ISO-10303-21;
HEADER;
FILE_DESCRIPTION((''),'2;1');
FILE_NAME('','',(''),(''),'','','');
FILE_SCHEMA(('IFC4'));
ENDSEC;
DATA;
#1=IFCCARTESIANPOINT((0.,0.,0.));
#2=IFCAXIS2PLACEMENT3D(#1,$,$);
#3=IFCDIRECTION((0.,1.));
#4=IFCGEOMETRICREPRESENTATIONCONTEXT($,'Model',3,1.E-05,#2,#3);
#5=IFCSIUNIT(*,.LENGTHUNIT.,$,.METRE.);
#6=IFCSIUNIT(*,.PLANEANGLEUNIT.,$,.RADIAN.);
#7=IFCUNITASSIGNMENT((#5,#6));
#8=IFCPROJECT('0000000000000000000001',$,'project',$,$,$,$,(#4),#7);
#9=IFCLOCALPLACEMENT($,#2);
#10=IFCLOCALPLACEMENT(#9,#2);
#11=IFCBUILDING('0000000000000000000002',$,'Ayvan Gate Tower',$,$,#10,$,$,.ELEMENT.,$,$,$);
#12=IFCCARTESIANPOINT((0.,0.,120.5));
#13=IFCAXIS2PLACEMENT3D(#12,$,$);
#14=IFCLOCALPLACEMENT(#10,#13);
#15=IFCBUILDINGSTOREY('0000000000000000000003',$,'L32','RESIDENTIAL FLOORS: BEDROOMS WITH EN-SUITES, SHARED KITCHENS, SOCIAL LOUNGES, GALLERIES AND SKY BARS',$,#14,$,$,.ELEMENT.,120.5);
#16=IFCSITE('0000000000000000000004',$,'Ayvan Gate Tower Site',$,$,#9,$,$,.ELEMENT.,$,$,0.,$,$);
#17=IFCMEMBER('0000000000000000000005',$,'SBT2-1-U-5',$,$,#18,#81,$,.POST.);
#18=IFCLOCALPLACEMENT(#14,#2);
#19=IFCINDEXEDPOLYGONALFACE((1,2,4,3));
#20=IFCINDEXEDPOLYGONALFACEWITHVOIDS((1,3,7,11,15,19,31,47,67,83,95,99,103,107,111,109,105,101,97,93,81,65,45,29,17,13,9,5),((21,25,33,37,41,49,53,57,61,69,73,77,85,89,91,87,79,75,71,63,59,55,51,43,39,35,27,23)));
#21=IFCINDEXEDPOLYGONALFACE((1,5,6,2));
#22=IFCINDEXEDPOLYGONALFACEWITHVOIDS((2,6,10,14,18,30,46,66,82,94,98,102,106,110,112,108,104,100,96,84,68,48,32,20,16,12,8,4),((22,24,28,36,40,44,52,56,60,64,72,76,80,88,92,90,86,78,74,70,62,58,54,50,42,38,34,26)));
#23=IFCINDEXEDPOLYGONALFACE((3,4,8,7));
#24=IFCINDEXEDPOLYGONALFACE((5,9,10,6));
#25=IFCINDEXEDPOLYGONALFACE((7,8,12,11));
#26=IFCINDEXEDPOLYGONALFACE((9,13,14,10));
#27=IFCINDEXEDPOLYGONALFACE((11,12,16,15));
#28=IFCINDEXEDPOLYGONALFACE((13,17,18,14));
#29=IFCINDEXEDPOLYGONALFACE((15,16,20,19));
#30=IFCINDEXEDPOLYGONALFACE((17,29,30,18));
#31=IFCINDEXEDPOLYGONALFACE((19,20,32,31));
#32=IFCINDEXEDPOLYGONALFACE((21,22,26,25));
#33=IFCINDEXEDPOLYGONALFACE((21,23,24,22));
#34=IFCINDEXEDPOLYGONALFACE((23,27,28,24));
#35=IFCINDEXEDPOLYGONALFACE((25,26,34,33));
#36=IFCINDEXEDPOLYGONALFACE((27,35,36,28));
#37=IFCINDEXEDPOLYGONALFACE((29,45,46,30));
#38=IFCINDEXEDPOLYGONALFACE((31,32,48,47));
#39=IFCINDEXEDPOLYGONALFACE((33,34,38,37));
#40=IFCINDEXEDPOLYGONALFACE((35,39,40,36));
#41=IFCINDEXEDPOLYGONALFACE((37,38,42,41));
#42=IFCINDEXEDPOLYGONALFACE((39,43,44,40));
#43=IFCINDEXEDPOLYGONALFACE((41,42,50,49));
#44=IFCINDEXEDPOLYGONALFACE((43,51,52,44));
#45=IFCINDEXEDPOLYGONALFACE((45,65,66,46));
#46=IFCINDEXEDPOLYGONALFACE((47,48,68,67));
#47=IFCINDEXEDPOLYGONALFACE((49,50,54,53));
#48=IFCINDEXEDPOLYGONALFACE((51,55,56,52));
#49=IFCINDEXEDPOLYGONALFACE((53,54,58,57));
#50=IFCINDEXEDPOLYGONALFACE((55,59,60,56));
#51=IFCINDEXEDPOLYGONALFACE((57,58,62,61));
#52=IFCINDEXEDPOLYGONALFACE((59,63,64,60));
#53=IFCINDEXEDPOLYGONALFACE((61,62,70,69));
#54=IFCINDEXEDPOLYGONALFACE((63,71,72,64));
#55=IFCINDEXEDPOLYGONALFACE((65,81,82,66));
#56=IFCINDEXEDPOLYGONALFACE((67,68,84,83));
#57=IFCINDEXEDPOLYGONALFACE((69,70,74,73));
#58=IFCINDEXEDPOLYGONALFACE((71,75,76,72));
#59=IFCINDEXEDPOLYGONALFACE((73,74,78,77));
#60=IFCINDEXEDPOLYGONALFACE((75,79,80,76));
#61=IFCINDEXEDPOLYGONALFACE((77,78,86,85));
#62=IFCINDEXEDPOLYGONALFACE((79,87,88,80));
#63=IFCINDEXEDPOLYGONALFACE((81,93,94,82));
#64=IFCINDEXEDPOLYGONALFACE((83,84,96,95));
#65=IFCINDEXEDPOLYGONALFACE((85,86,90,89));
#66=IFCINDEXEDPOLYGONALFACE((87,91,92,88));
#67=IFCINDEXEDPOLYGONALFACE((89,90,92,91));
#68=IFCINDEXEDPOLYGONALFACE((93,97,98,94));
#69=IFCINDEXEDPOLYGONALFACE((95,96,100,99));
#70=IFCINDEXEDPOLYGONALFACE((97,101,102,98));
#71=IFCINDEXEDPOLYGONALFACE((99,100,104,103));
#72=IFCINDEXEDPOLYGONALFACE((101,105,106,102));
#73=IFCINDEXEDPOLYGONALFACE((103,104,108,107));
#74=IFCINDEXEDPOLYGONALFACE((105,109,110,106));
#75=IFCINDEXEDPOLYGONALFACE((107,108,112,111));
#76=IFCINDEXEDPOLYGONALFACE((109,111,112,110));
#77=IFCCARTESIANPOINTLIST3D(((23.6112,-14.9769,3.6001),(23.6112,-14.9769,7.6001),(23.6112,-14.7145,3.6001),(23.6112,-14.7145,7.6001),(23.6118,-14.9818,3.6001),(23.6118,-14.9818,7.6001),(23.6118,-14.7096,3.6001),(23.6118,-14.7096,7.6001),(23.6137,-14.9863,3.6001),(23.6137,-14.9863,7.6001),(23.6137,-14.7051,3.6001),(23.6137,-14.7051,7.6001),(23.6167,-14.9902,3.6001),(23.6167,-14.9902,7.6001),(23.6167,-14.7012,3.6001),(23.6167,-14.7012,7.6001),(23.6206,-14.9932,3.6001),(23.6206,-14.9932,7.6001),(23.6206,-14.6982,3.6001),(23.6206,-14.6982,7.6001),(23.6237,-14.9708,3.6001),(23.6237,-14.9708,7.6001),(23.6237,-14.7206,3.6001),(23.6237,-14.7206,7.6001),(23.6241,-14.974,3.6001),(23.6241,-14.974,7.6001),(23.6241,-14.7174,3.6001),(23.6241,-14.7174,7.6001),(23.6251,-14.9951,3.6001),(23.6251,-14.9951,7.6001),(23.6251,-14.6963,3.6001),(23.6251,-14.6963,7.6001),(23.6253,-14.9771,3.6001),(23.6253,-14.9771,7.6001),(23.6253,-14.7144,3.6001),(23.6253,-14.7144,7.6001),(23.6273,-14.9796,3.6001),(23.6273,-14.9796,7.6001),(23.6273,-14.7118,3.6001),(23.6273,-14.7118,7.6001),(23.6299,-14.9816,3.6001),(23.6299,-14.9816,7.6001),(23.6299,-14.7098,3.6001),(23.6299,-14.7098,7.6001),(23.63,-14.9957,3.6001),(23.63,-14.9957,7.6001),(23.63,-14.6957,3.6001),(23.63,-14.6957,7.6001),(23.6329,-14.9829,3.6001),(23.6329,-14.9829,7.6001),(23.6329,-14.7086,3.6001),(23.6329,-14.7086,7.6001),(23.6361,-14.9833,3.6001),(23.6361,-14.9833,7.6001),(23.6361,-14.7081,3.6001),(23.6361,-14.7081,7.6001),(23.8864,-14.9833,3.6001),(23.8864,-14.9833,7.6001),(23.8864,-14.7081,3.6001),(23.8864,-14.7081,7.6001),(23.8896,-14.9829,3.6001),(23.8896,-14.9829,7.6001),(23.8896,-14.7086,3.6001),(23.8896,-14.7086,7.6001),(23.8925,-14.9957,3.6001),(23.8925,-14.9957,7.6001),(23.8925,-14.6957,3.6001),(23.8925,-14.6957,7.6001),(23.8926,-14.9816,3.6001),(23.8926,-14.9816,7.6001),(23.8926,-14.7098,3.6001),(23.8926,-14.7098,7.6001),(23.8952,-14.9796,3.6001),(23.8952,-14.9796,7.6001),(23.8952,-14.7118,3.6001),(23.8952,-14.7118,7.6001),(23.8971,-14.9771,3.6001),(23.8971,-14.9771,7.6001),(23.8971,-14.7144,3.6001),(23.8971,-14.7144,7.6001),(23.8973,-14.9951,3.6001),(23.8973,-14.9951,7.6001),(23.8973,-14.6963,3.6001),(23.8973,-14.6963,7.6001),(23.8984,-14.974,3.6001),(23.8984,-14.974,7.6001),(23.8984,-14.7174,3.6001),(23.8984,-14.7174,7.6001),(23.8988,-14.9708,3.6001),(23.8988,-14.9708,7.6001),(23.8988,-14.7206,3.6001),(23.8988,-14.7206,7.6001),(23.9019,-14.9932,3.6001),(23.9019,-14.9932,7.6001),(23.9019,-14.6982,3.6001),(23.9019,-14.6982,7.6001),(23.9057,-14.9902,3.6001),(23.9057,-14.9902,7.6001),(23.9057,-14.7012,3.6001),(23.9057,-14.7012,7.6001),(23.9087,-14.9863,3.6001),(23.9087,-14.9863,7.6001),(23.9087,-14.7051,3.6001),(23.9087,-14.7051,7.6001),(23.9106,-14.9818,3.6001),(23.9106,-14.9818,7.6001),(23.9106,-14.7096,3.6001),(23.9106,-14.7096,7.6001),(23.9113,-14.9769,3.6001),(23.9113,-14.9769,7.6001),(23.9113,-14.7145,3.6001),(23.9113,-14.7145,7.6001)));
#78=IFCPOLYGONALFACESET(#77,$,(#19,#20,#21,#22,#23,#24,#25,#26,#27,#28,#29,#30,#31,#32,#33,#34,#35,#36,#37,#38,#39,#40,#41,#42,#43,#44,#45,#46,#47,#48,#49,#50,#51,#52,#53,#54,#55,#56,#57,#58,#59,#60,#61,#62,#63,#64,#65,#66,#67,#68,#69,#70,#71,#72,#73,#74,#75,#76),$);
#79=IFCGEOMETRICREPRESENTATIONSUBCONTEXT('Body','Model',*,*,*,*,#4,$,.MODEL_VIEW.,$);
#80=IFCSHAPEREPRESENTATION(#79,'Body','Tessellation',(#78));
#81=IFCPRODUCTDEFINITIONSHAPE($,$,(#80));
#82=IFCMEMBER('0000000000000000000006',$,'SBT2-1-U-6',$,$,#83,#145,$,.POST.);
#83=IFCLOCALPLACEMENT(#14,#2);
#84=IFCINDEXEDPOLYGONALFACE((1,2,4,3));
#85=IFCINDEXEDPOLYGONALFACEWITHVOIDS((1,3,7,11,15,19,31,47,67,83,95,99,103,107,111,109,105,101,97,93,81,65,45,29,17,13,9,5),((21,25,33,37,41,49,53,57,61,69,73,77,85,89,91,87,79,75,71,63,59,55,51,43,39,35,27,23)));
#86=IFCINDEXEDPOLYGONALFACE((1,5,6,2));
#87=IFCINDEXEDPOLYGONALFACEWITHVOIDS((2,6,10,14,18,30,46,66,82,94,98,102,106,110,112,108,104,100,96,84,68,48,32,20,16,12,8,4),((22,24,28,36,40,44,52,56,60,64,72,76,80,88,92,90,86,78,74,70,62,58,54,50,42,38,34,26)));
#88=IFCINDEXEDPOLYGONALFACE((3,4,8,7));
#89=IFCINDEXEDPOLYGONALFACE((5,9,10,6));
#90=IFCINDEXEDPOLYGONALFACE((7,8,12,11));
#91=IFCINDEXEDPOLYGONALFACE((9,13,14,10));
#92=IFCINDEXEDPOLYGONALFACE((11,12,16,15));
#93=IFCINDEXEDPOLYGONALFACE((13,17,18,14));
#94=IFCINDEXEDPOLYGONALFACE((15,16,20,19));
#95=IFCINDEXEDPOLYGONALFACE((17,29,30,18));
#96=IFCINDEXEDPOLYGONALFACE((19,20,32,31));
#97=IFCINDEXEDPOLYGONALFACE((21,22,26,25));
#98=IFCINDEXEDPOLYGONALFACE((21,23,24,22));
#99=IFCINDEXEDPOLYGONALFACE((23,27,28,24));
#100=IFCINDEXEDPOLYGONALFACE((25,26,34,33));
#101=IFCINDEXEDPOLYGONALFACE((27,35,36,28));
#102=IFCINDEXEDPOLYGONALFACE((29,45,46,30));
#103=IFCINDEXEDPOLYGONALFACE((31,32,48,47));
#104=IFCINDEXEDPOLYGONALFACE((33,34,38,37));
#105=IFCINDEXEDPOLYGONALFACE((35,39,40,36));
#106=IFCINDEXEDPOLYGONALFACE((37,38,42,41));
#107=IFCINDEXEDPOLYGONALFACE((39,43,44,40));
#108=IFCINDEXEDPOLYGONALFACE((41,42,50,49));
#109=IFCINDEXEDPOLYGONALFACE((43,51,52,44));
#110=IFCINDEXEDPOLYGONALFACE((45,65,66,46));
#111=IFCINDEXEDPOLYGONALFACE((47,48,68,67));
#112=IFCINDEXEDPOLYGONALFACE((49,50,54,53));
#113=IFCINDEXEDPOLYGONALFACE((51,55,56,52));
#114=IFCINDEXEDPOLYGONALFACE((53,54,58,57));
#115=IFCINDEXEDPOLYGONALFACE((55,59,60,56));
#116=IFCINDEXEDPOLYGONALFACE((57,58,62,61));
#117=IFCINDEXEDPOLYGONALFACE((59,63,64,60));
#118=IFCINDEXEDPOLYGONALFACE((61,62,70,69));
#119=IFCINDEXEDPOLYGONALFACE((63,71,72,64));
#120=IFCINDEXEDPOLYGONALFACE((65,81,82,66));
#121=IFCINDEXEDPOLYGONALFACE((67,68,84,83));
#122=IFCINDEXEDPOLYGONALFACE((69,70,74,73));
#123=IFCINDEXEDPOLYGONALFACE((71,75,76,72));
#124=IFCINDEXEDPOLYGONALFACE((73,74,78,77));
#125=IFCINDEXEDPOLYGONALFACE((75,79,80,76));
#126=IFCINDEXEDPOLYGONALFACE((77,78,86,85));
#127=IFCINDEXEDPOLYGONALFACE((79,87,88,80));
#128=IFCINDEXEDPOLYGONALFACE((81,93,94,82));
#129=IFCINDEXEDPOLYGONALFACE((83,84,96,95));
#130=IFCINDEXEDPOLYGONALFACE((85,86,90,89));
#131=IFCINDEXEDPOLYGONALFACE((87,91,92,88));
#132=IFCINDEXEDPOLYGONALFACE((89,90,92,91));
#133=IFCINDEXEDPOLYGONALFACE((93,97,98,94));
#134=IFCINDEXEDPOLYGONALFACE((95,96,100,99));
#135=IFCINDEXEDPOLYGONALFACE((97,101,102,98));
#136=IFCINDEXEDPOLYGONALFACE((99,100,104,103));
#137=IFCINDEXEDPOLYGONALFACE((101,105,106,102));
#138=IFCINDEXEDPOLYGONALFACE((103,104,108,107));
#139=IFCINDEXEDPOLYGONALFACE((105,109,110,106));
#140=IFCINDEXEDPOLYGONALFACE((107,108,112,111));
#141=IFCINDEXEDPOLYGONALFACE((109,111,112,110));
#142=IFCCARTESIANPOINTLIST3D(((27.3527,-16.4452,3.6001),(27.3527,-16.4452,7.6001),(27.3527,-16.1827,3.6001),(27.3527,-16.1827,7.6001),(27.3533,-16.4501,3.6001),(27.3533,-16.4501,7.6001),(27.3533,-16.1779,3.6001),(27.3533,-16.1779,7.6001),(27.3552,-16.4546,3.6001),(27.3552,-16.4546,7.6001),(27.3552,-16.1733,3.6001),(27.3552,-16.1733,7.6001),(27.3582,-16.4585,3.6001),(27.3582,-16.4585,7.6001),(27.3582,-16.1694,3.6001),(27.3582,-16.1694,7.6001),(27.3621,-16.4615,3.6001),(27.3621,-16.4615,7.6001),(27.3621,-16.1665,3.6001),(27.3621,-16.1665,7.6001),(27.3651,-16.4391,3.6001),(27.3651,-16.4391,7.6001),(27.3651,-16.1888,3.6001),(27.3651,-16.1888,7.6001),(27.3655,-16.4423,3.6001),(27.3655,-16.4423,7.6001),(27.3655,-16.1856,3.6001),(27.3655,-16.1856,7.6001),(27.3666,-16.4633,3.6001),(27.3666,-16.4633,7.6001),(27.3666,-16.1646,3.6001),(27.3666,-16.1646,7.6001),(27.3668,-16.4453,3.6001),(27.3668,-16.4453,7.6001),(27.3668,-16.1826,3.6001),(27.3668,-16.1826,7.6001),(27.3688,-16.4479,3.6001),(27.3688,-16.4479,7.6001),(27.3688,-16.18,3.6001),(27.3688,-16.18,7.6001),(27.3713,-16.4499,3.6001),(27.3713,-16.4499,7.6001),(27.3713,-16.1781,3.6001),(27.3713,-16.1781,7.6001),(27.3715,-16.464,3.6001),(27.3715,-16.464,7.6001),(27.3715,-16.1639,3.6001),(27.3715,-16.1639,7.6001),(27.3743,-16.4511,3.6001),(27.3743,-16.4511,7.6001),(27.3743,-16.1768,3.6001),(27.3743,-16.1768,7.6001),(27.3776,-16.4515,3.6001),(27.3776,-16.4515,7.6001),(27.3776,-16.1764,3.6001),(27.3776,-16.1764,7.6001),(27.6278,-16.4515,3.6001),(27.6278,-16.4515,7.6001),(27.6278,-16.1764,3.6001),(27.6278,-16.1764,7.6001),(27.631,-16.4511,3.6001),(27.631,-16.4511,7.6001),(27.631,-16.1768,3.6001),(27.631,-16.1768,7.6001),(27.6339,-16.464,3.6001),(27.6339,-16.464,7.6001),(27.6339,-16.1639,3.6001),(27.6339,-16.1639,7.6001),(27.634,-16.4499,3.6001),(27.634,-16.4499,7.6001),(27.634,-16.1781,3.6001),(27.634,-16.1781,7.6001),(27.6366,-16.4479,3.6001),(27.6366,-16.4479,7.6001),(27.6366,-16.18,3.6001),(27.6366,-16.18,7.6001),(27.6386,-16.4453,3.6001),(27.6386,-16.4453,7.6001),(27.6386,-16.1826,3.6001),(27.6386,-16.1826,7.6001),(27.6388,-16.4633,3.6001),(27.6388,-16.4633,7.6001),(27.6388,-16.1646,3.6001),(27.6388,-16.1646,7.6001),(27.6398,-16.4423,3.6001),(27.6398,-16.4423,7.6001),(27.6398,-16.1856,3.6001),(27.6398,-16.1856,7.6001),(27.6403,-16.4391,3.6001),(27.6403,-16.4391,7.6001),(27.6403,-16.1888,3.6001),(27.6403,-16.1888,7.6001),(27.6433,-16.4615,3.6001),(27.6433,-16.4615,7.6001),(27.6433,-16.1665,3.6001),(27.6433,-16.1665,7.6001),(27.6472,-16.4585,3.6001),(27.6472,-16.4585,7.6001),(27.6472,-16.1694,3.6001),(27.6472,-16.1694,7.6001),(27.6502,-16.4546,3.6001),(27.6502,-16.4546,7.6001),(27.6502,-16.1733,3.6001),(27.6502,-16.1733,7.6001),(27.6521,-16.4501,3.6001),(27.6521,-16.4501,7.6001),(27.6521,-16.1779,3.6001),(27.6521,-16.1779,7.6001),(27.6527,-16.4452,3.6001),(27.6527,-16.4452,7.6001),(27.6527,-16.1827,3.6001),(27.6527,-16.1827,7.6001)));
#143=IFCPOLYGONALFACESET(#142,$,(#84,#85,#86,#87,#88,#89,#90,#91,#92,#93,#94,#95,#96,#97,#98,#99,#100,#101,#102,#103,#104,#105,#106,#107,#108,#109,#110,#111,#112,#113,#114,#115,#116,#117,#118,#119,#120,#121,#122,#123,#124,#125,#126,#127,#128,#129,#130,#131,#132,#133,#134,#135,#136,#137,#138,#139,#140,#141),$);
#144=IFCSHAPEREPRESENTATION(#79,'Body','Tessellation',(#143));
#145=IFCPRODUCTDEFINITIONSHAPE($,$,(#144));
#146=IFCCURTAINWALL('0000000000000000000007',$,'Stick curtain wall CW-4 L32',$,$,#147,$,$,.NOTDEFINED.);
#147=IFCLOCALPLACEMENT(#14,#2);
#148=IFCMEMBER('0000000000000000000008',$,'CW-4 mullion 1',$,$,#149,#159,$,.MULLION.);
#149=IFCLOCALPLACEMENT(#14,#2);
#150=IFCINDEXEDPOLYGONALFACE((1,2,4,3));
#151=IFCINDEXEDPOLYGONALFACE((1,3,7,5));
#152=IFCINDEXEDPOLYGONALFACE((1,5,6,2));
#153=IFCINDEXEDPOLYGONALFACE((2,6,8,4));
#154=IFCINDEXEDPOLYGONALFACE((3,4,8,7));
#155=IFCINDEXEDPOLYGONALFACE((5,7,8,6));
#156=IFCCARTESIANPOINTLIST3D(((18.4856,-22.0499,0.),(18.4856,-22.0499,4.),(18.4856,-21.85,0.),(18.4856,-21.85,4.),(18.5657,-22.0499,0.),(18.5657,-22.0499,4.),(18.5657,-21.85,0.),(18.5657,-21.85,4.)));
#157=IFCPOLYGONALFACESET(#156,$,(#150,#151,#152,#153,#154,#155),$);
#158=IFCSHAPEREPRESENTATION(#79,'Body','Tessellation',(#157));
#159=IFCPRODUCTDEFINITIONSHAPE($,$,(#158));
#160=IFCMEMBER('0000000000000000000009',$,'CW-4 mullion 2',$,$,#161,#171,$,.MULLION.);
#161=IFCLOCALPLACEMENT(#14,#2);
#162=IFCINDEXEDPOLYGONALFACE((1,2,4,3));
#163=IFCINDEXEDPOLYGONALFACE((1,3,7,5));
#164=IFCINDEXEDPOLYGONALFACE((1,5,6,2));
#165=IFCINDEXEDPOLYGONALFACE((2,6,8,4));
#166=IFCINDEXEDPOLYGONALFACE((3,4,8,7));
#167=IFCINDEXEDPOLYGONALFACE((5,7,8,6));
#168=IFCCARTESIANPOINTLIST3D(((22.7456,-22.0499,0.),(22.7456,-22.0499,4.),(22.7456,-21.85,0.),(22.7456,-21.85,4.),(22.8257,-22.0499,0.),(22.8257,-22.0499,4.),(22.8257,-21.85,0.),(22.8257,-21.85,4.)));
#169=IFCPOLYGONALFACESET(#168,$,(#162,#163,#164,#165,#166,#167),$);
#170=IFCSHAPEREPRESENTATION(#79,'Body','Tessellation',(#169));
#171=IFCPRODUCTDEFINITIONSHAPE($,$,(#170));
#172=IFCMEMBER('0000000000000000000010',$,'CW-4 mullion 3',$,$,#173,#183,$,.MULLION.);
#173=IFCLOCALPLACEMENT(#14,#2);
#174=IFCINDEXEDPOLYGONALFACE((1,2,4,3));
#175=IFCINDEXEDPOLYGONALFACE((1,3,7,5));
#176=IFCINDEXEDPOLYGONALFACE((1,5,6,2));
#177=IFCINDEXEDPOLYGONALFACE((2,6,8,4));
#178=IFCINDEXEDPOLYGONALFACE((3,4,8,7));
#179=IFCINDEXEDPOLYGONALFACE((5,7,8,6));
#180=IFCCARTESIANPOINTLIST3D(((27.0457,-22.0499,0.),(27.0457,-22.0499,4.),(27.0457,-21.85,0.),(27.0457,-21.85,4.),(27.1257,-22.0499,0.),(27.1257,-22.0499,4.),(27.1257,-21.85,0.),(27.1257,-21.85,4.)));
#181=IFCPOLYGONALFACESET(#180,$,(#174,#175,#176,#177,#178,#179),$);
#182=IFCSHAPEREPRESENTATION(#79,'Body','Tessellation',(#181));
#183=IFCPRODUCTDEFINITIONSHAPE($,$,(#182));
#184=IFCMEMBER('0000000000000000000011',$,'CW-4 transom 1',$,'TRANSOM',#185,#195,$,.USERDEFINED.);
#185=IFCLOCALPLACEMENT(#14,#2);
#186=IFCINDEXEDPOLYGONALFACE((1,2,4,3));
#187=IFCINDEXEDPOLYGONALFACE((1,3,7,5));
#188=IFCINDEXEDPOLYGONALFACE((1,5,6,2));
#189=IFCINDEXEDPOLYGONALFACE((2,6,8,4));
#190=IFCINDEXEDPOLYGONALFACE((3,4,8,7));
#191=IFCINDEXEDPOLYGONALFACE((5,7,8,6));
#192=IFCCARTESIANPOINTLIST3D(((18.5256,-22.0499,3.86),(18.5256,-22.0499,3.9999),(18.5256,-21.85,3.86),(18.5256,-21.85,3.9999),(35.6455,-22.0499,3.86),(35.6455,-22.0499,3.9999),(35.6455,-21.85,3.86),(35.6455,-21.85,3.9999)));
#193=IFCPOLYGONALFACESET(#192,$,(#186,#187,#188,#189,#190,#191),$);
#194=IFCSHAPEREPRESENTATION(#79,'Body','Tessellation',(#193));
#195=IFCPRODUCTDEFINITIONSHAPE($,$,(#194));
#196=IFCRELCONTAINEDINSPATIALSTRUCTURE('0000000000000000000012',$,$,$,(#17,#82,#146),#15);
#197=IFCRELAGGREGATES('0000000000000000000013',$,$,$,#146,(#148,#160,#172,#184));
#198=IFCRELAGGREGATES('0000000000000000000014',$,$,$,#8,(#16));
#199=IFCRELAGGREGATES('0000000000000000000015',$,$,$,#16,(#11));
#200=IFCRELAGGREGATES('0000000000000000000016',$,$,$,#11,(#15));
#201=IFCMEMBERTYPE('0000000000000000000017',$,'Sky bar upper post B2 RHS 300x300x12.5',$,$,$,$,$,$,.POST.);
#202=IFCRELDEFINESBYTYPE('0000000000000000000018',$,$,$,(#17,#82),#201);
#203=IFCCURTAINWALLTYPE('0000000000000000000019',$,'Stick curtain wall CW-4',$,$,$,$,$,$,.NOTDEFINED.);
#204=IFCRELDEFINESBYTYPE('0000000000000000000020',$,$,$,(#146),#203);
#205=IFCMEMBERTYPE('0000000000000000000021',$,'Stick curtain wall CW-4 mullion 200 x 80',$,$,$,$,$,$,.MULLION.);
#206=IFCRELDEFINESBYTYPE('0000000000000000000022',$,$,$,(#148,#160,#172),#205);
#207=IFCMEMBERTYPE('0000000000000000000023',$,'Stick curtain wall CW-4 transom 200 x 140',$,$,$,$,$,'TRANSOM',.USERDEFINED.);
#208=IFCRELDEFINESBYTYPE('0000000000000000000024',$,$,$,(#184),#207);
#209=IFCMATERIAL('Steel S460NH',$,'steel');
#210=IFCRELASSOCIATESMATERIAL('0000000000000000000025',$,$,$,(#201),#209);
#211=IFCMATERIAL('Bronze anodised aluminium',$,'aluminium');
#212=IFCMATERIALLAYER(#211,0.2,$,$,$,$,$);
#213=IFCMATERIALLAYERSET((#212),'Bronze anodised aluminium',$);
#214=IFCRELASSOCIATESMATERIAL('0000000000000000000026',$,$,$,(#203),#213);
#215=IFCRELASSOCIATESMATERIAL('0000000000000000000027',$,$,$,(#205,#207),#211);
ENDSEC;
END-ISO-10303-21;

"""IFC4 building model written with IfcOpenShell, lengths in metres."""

from ifc_helpers import new_model, si_unit, direction, frame, origin, origin_2d, place, context, subcontext, project, spatial, rectangle, hollow_rectangle, extrude, material, layer, layer_set, material_profile, profile_set, type_object, element, aggregate, save


model = new_model("IFC4")

# Units and contexts
model_context = context("Model", 3, precision=1e-05, world=origin(), true_north=direction((0.0, 1.0)))
body_context = subcontext(model_context, "Body", "Model", "MODEL_VIEW")
ifc_project = project(units=[si_unit("LENGTHUNIT", "METRE"), si_unit("PLANEANGLEUNIT", "RADIAN")], contexts=[model_context])

# Site, building, storey
site_placement = place(None, origin())
site = spatial("IfcSite", under=ifc_project, at=site_placement, Name="Ayvan Gate Tower Site", CompositionType="ELEMENT", RefElevation=0.0)
building_placement = place(site_placement, origin())
building = spatial("IfcBuilding", under=site, at=building_placement, Name="Ayvan Gate Tower", CompositionType="ELEMENT")
storey_placement = place(building_placement, frame((0.0, 0.0, 120.5)))
storey = spatial("IfcBuildingStorey", under=building, at=storey_placement, Name="L32", Description="RESIDENTIAL FLOORS: BEDROOMS WITH EN-SUITES, SHARED KITCHENS, SOCIAL LOUNGES, GALLERIES AND SKY BARS", CompositionType="ELEMENT", Elevation=120.5)

# Members
ifc_material_1 = material(Name="Steel S460NH", Category="steel")
ifc_material_profile_1 = material_profile(ifc_material_1, hollow_rectangle(XDim=0.3, YDim=0.3, WallThickness=0.0125, InnerFilletRadius=0.0125, OuterFilletRadius=0.0188, at=origin_2d()), Name="RHS 300x300x12.5")
ifc_profile_set_1 = profile_set([ifc_material_profile_1], Name="Steel S460NH")
member_type_1 = type_object("IfcMemberType", Name="Sky bar upper post B2 RHS 300x300x12.5", PredefinedType="POST", material=ifc_profile_set_1)
for number, where, z_axis, x_axis, name in (
    (1, (23.7612, -14.8457, 3.6001), (0.0, 0.0, 1.0), (1.0, 0.0, 0.0), "SBT2-1-U-5"),
    (2, (27.5027, -16.314, 3.6001), (0.0, 0.0, 1.0), (1.0, 0.0, 0.0), "SBT2-1-U-6"),
):
    element("IfcMember", number, at=place(storey_placement, frame(where, z_axis=z_axis, x_axis=x_axis)), inside=storey, type_object=member_type_1, Name=name, PredefinedType="POST", context=body_context, shape_type="SweptSolid", body=[
        extrude(hollow_rectangle(XDim=0.3, YDim=0.3, WallThickness=0.0125, InnerFilletRadius=0.0125, OuterFilletRadius=0.0188, at=origin_2d()), origin(), (0.0, 0.0, 1.0), 4.0),
    ])

# Curtain wall, members
ifc_material_2 = material(Name="Bronze anodised aluminium", Category="aluminium")
ifc_layer_1 = layer(ifc_material_2, 0.2)
ifc_layer_set_1 = layer_set([ifc_layer_1], Name="Bronze anodised aluminium")
curtain_wall_type = type_object("IfcCurtainWallType", Name="Stick curtain wall CW-4", PredefinedType="NOTDEFINED", material=ifc_layer_set_1)
curtain_wall_placement = place(storey_placement, origin())
curtain_wall = element("IfcCurtainWall", 3, at=curtain_wall_placement, inside=storey, type_object=curtain_wall_type, Name="Stick curtain wall CW-4 L32", PredefinedType="NOTDEFINED")
ifc_material_profile_2 = material_profile(ifc_material_2, rectangle(XDim=0.2, YDim=0.0801, at=origin_2d()), Name="Stick curtain wall CW-4 mullion 200 x 80")
ifc_profile_set_2 = profile_set([ifc_material_profile_2], Name="Bronze anodised aluminium")
member_type_2 = type_object("IfcMemberType", Name="Stick curtain wall CW-4 mullion 200 x 80", PredefinedType="MULLION", material=ifc_profile_set_2)
member_1_placement = place(storey_placement, frame((18.5256, -21.95, 0.0), z_axis=(0.0, 0.0, 1.0), x_axis=(0.0, -1.0, 0.0)))
member_1 = element("IfcMember", 4, at=member_1_placement, type_object=member_type_2, Name="CW-4 mullion 1", PredefinedType="MULLION", context=body_context, shape_type="SweptSolid", body=[
    extrude(rectangle(XDim=0.2, YDim=0.0801, at=origin_2d()), origin(), (0.0, 0.0, 1.0), 4.0),
])
member_2_placement = place(storey_placement, frame((22.7856, -21.95, 0.0), z_axis=(0.0, 0.0, 1.0), x_axis=(0.0, -1.0, 0.0)))
member_2 = element("IfcMember", 5, at=member_2_placement, type_object=member_type_2, Name="CW-4 mullion 2", PredefinedType="MULLION", context=body_context, shape_type="SweptSolid", body=[
    extrude(rectangle(XDim=0.2, YDim=0.0801, at=origin_2d()), origin(), (0.0, 0.0, 1.0), 4.0),
])
member_3_placement = place(storey_placement, frame((27.0857, -21.95, 0.0), z_axis=(0.0, 0.0, 1.0), x_axis=(0.0, -1.0, 0.0)))
member_3 = element("IfcMember", 6, at=member_3_placement, type_object=member_type_2, Name="CW-4 mullion 3", PredefinedType="MULLION", context=body_context, shape_type="SweptSolid", body=[
    extrude(rectangle(XDim=0.2, YDim=0.0801, at=origin_2d()), origin(), (0.0, 0.0, 1.0), 4.0),
])
ifc_material_profile_3 = material_profile(ifc_material_2, rectangle(XDim=0.2, YDim=0.1399, at=origin_2d()), Name="Stick curtain wall CW-4 transom 200 x 140")
ifc_profile_set_3 = profile_set([ifc_material_profile_3], Name="Bronze anodised aluminium")
member_type_3 = type_object("IfcMemberType", Name="Stick curtain wall CW-4 transom 200 x 140", ElementType="TRANSOM", PredefinedType="USERDEFINED", material=ifc_profile_set_3)
member_4_placement = place(storey_placement, frame((18.5256, -21.95, 3.9299), z_axis=(1.0, 0.0, 0.0), x_axis=(0.0, 1.0, 0.0)))
member_4 = element("IfcMember", 7, at=member_4_placement, type_object=member_type_3, Name="CW-4 transom 1", ObjectType="TRANSOM", PredefinedType="USERDEFINED", context=body_context, shape_type="SweptSolid", body=[
    extrude(rectangle(XDim=0.2, YDim=0.1399, at=origin_2d()), origin(), (0.0, 0.0, 1.0), 17.1199),
])
aggregate(curtain_wall, [member_1, member_2, member_3, member_4])

save(model, "model.ifc")
